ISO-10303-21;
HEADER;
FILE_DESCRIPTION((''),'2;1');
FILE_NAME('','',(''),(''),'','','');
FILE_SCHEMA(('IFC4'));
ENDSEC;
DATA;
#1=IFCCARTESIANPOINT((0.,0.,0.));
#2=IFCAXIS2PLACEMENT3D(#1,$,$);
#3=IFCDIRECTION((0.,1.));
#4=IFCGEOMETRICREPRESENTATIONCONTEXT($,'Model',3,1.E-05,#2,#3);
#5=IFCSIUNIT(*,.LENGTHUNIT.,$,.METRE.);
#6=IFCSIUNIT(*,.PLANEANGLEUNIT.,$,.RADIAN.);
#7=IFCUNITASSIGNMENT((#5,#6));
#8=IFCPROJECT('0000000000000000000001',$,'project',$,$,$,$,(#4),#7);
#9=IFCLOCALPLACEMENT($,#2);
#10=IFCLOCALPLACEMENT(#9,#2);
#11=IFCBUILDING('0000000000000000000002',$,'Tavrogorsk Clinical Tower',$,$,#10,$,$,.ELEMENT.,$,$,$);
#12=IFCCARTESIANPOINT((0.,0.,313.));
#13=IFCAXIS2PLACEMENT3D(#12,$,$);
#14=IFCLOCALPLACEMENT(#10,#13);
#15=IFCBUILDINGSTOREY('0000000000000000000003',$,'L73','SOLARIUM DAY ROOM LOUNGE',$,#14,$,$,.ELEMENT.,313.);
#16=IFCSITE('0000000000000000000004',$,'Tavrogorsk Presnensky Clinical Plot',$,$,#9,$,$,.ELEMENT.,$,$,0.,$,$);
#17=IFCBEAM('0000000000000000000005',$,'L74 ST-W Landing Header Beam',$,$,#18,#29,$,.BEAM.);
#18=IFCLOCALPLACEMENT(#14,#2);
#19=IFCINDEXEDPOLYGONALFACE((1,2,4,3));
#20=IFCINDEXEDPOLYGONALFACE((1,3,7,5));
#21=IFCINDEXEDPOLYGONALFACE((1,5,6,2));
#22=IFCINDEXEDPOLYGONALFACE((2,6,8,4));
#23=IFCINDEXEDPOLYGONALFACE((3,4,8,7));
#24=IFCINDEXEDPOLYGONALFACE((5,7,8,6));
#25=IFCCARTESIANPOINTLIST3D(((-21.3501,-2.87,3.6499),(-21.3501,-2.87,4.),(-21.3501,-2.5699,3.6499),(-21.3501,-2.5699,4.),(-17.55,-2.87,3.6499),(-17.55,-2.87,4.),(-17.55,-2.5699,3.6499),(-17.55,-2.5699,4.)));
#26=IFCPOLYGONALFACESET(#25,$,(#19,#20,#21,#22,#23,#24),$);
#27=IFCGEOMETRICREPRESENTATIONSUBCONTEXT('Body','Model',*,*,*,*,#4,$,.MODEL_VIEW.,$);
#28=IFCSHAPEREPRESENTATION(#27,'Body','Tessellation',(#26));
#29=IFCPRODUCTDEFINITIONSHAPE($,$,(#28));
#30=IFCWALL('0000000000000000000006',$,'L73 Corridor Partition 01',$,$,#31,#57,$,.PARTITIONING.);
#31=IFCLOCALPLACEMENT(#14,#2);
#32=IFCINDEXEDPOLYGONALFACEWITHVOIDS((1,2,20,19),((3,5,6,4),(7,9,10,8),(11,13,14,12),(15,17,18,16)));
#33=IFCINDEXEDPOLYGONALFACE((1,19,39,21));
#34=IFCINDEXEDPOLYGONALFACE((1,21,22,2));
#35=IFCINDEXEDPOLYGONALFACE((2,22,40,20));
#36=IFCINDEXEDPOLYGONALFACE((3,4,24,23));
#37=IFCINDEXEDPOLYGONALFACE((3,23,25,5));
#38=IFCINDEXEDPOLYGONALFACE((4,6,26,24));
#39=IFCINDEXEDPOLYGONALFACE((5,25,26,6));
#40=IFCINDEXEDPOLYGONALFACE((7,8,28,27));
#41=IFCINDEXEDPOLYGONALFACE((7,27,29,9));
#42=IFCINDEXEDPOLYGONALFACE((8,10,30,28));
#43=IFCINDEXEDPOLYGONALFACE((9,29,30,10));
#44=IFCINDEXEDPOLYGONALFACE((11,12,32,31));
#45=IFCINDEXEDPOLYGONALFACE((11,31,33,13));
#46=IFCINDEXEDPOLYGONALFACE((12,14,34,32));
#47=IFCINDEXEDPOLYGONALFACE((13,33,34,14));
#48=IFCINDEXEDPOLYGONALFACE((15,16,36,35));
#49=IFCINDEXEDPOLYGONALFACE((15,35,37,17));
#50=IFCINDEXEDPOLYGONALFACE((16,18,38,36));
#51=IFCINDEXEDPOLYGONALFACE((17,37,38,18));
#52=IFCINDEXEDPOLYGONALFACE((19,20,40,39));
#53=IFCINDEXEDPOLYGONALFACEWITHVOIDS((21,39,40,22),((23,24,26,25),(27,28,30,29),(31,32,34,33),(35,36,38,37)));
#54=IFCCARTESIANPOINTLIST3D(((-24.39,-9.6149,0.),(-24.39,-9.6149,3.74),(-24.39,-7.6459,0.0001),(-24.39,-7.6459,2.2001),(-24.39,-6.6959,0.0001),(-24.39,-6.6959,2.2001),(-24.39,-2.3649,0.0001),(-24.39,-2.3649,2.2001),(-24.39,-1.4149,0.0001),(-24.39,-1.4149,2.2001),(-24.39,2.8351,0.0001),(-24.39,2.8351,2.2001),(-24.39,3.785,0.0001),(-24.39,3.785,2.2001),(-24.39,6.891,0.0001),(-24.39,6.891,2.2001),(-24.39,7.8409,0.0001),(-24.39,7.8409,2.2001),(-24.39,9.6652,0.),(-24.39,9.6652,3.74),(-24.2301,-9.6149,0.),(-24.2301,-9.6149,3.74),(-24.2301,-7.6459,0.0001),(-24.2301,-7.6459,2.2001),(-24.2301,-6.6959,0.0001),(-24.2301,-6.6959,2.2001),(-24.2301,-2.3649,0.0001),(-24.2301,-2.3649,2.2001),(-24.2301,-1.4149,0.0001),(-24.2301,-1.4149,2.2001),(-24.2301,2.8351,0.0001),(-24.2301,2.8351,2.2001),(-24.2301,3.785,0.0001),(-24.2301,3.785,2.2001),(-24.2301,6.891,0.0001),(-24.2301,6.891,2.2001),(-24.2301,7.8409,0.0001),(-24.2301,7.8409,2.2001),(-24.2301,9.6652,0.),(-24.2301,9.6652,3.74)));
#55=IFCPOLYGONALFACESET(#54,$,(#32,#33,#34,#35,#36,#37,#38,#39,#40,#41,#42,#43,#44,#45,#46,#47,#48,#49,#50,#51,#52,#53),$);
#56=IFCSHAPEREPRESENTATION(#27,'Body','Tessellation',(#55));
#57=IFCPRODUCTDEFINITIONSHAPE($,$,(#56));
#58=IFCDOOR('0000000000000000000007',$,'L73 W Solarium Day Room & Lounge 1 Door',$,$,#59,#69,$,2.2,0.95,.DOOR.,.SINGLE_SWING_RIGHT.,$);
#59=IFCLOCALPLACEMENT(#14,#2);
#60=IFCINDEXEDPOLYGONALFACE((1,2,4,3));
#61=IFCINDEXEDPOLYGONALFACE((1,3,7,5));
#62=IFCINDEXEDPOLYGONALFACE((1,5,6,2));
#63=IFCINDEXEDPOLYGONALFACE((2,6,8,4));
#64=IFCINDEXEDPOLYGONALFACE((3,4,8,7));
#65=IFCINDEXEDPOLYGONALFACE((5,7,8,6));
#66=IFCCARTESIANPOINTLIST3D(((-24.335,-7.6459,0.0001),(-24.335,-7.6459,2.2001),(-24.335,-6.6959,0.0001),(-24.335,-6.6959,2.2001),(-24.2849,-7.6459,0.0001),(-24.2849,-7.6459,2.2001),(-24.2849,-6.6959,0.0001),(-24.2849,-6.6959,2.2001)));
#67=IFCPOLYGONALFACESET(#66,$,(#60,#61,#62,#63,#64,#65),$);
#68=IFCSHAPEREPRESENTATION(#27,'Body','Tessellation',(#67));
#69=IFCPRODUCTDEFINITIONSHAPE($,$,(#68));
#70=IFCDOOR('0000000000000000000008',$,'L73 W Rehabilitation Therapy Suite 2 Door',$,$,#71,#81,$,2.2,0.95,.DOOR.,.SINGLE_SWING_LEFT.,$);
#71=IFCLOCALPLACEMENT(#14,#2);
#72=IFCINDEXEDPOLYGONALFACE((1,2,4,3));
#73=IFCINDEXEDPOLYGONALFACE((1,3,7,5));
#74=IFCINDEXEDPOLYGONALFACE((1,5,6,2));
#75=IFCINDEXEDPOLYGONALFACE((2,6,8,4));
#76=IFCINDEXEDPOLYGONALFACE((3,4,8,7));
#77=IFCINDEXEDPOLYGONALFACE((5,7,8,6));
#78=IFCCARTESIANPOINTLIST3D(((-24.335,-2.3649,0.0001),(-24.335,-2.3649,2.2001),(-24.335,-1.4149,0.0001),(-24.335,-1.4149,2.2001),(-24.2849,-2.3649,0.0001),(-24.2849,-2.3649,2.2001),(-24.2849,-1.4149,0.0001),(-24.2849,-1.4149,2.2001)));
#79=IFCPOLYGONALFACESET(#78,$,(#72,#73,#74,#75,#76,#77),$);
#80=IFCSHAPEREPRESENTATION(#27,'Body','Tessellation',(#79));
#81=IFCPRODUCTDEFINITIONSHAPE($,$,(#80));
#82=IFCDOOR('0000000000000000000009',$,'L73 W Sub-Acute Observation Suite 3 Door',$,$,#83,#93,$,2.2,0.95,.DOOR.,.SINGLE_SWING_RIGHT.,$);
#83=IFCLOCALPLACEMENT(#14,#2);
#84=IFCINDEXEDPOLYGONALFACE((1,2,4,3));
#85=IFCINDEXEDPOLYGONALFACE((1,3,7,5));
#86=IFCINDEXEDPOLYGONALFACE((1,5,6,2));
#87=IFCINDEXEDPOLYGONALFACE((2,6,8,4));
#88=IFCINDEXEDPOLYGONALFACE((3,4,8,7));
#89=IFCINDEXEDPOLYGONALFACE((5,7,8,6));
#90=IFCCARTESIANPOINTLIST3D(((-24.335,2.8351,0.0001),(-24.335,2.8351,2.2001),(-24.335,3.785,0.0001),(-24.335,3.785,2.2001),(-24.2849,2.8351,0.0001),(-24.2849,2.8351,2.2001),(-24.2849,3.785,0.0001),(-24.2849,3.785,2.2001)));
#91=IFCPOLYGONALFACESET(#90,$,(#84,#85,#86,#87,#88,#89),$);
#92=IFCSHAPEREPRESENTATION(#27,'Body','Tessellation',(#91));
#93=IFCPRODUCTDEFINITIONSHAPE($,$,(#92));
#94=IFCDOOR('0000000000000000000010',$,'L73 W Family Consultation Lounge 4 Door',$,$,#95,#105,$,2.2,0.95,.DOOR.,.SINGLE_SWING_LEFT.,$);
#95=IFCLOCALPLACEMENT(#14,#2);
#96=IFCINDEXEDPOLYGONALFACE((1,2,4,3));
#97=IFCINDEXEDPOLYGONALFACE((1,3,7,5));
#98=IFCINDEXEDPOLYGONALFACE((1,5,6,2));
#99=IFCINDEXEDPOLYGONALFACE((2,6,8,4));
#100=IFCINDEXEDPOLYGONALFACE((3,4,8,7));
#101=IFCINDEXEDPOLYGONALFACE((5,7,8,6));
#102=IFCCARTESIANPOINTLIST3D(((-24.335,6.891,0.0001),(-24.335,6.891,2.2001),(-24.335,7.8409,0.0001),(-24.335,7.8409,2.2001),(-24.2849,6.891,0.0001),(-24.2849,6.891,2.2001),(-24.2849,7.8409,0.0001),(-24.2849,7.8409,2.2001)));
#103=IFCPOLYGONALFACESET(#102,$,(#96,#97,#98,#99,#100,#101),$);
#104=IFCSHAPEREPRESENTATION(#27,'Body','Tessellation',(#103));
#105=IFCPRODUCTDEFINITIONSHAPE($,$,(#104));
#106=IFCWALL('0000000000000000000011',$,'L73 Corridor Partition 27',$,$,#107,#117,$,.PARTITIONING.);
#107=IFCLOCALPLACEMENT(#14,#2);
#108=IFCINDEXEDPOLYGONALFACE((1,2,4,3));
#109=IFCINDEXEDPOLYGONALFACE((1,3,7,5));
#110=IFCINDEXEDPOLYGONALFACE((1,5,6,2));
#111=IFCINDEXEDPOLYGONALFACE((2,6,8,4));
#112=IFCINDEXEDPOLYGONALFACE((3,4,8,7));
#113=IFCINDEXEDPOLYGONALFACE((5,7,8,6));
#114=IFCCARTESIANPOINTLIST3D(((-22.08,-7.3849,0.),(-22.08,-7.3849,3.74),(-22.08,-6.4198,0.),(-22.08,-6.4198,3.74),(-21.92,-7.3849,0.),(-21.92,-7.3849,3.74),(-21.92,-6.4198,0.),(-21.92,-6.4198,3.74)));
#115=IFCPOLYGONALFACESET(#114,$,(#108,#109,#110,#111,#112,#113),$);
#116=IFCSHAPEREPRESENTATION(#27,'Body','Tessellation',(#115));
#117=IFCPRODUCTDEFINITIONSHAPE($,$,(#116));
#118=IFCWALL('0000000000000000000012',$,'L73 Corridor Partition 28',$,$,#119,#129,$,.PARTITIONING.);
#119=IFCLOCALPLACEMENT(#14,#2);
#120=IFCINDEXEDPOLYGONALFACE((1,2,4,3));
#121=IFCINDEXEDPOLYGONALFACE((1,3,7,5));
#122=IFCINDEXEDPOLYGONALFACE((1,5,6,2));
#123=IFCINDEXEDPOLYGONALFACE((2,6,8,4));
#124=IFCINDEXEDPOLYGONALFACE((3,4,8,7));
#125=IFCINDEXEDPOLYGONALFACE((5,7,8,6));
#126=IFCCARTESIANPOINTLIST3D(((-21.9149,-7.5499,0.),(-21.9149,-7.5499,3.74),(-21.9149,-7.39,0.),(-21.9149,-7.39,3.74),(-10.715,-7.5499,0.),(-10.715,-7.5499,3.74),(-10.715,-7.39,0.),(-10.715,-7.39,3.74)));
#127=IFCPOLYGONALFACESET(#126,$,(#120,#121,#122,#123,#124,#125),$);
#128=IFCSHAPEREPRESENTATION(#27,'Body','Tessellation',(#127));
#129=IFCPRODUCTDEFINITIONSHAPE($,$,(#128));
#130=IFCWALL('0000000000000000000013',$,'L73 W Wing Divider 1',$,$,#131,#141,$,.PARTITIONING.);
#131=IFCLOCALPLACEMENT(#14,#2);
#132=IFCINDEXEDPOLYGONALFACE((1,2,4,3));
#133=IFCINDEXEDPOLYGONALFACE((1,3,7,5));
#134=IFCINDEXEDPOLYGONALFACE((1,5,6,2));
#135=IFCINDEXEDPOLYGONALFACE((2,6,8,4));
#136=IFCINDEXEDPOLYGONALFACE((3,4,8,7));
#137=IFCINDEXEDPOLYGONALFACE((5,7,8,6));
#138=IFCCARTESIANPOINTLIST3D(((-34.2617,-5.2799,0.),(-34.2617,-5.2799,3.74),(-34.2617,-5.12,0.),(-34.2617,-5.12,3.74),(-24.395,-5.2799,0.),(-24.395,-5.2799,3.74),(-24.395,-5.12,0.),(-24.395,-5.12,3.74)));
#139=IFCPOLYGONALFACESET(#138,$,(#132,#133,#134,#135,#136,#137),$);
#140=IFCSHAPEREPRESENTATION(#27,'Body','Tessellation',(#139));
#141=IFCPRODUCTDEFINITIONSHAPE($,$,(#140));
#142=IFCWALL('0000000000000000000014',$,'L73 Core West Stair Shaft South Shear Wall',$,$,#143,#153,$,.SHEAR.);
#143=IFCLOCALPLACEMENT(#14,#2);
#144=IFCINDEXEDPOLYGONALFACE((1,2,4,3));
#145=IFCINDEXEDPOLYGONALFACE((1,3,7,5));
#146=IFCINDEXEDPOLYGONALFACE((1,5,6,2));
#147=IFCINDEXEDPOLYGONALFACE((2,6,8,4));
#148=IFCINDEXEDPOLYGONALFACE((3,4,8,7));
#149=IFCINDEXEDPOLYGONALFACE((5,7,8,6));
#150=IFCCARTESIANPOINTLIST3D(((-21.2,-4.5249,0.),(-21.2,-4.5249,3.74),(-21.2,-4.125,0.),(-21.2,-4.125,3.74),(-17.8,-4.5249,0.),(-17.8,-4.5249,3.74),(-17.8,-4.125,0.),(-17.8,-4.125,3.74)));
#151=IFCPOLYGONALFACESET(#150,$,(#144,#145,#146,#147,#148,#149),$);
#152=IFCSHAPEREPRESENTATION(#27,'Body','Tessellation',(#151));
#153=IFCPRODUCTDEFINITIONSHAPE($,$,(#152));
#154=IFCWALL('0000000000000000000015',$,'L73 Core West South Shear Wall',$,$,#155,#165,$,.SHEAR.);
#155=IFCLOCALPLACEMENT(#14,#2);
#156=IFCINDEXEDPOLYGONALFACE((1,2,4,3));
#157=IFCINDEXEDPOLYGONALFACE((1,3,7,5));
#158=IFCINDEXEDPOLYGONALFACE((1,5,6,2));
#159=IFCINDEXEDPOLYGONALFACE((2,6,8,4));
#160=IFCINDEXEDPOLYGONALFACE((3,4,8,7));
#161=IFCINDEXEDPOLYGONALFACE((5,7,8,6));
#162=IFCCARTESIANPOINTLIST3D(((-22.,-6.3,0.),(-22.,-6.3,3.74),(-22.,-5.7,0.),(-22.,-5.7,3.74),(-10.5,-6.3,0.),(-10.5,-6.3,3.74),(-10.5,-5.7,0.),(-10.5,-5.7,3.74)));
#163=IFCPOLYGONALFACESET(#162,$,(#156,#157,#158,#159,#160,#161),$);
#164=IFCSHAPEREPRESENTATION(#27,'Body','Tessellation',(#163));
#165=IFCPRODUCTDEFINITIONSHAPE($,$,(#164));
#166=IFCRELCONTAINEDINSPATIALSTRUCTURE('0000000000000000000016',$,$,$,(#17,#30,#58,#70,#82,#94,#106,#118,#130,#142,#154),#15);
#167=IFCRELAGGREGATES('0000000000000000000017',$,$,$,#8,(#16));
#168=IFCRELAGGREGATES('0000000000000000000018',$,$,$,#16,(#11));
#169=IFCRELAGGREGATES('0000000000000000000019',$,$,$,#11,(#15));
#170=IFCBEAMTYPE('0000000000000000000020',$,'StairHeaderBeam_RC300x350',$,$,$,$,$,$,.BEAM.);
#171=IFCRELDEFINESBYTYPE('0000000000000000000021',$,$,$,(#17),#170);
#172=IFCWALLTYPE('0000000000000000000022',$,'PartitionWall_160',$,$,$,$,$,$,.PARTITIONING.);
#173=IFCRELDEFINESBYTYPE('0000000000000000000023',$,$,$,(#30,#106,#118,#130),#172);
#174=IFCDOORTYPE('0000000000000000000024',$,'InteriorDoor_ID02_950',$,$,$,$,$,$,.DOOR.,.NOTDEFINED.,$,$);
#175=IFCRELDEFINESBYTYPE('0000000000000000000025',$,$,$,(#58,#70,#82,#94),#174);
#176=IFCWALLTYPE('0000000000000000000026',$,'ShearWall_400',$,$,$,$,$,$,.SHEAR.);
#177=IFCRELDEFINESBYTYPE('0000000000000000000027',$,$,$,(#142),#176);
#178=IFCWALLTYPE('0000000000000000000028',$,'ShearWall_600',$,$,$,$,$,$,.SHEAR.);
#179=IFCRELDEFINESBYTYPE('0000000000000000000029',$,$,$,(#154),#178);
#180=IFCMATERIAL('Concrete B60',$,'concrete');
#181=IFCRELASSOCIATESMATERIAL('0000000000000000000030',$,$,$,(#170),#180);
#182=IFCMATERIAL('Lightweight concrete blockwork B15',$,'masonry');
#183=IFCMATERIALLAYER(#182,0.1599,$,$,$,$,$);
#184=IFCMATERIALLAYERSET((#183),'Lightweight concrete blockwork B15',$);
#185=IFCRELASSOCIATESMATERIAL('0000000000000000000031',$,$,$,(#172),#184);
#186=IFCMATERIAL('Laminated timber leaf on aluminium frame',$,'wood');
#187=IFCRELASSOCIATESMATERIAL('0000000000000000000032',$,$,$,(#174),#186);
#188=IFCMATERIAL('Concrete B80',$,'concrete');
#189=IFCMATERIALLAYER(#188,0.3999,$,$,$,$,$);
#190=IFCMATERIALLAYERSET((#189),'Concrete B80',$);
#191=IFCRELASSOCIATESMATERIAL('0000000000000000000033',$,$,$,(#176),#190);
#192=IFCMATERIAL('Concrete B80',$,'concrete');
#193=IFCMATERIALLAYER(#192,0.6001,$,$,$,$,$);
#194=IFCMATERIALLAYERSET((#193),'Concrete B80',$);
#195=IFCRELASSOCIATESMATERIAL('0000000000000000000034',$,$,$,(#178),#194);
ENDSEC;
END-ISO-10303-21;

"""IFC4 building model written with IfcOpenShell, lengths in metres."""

from ifc_helpers import new_model, si_unit, direction, frame, frame_2d, origin, origin_2d, place, context, subcontext, project, spatial, rectangle, extrude, material, layer, layer_set, material_profile, profile_set, type_object, element, fill, save


model = new_model("IFC4")

# Units and contexts
model_context = context("Model", 3, precision=1e-05, world=origin(), true_north=direction((0.0, 1.0)))
body_context = subcontext(model_context, "Body", "Model", "MODEL_VIEW")
ifc_project = project(units=[si_unit("LENGTHUNIT", "METRE"), si_unit("PLANEANGLEUNIT", "RADIAN")], contexts=[model_context])

# Site, building, storey
site_placement = place(None, origin())
site = spatial("IfcSite", under=ifc_project, at=site_placement, Name="Tavrogorsk Presnensky Clinical Plot", CompositionType="ELEMENT", RefElevation=0.0)
building_placement = place(site_placement, origin())
building = spatial("IfcBuilding", under=site, at=building_placement, Name="Tavrogorsk Clinical Tower", CompositionType="ELEMENT")
storey_placement = place(building_placement, frame((0.0, 0.0, 313.0)))
storey = spatial("IfcBuildingStorey", under=building, at=storey_placement, Name="L73", Description="SOLARIUM DAY ROOM LOUNGE", CompositionType="ELEMENT", Elevation=313.0)

# Beam
ifc_material_1 = material(Name="Concrete B60", Category="concrete")
ifc_material_profile_1 = material_profile(ifc_material_1, rectangle(XDim=0.3, YDim=0.3501, at=origin_2d()), Name="RC-SHB-300x350")
ifc_profile_set_1 = profile_set([ifc_material_profile_1], Name="Concrete B60")
beam_type_1 = type_object("IfcBeamType", Name="StairHeaderBeam_RC300x350", PredefinedType="BEAM", material=ifc_profile_set_1)
beam_1_placement = place(storey_placement, frame((-21.3501, -2.72, 3.825), z_axis=(1.0, 0.0, 0.0), x_axis=(0.0, 1.0, 0.0)))
element("IfcBeam", 1, at=beam_1_placement, inside=storey, type_object=beam_type_1, Name="L74 ST-W Landing Header Beam", PredefinedType="BEAM", context=body_context, shape_type="SweptSolid", body=[
    extrude(rectangle(XDim=0.3, YDim=0.3501, at=origin_2d()), origin(), (0.0, 0.0, 1.0), 3.8),
])

# Wall, openings, doors
ifc_material_2 = material(Name="Lightweight concrete blockwork B15", Category="masonry")
ifc_layer_1 = layer(ifc_material_2, 0.1599)
ifc_layer_set_1 = layer_set([ifc_layer_1], Name="Lightweight concrete blockwork B15")
wall_type_1 = type_object("IfcWallType", Name="PartitionWall_160", PredefinedType="PARTITIONING", material=ifc_layer_set_1)
wall_1_placement = place(storey_placement, frame((-24.3101, -9.615, 0.0), z_axis=(0.0, 0.0, 1.0), x_axis=(0.0, 1.0, 0.0)))
wall_1 = element("IfcWall", 2, at=wall_1_placement, inside=storey, type_object=wall_type_1, Name="L73 Corridor Partition 01", PredefinedType="PARTITIONING", context=body_context, shape_type="SweptSolid", body=[
    extrude(rectangle(XDim=19.28, YDim=0.1599, at=frame_2d((9.6401, 0.0))), origin(), (0.0, 0.0, 1.0), 3.74),
])
opening_1_placement = place(wall_1_placement, frame((1.969, 0.0, 0.0)))
opening_1 = element("IfcOpeningElement", 3, at=opening_1_placement, cuts=wall_1, PredefinedType="OPENING", context=body_context, shape_type="SweptSolid", body=[
    extrude(rectangle(XDim=0.95, YDim=2.2, at=frame_2d((0.4751, 1.1001))), frame((0.0, 0.0898, 0.0), z_axis=(0.0, -1.0, 0.0), x_axis=(1.0, 0.0, 0.0)), (0.0, 0.0, 1.0), 0.1799),
])
opening_2_placement = place(wall_1_placement, frame((7.25, 0.0, 0.0)))
opening_2 = element("IfcOpeningElement", 4, at=opening_2_placement, cuts=wall_1, PredefinedType="OPENING", context=body_context, shape_type="SweptSolid", body=[
    extrude(rectangle(XDim=0.95, YDim=2.2, at=frame_2d((0.4751, 1.1001))), frame((0.0, 0.0898, 0.0), z_axis=(0.0, -1.0, 0.0), x_axis=(1.0, 0.0, 0.0)), (0.0, 0.0, 1.0), 0.1799),
])
opening_3_placement = place(wall_1_placement, frame((12.45, 0.0, 0.0)))
opening_3 = element("IfcOpeningElement", 5, at=opening_3_placement, cuts=wall_1, PredefinedType="OPENING", context=body_context, shape_type="SweptSolid", body=[
    extrude(rectangle(XDim=0.95, YDim=2.2, at=frame_2d((0.4751, 1.1001))), frame((0.0, 0.0898, 0.0), z_axis=(0.0, -1.0, 0.0), x_axis=(1.0, 0.0, 0.0)), (0.0, 0.0, 1.0), 0.1799),
])
opening_4_placement = place(wall_1_placement, frame((16.5059, 0.0, 0.0)))
opening_4 = element("IfcOpeningElement", 6, at=opening_4_placement, cuts=wall_1, PredefinedType="OPENING", context=body_context, shape_type="SweptSolid", body=[
    extrude(rectangle(XDim=0.95, YDim=2.2, at=frame_2d((0.4751, 1.1001))), frame((0.0, 0.0898, 0.0), z_axis=(0.0, -1.0, 0.0), x_axis=(1.0, 0.0, 0.0)), (0.0, 0.0, 1.0), 0.1799),
])
ifc_material_3 = material(Name="Laminated timber leaf on aluminium frame", Category="wood")
door_type = type_object("IfcDoorType", Name="InteriorDoor_ID02_950", OperationType="NOTDEFINED", PredefinedType="DOOR", material=ifc_material_3)
door_1_placement = place(opening_1_placement, origin())
door_1 = element("IfcDoor", 7, at=door_1_placement, inside=storey, type_object=door_type, Name="L73 W Solarium Day Room & Lounge 1 Door", OperationType="SINGLE_SWING_RIGHT", OverallHeight=2.2, OverallWidth=0.95, PredefinedType="DOOR", context=body_context, shape_type="SweptSolid", body=[
    extrude(rectangle(XDim=0.95, YDim=2.2, at=frame_2d((0.4751, 1.1001))), frame((0.0, 0.0249, 0.0), z_axis=(0.0, -1.0, 0.0), x_axis=(1.0, 0.0, 0.0)), (0.0, 0.0, 1.0), 0.05),
])
fill(opening_1, door_1)
door_2_placement = place(opening_2_placement, origin())
door_2 = element("IfcDoor", 8, at=door_2_placement, inside=storey, type_object=door_type, Name="L73 W Rehabilitation Therapy Suite 2 Door", OperationType="SINGLE_SWING_LEFT", OverallHeight=2.2, OverallWidth=0.95, PredefinedType="DOOR", context=body_context, shape_type="SweptSolid", body=[
    extrude(rectangle(XDim=0.95, YDim=2.2, at=frame_2d((0.4751, 1.1001))), frame((0.0, 0.0249, 0.0), z_axis=(0.0, -1.0, 0.0), x_axis=(1.0, 0.0, 0.0)), (0.0, 0.0, 1.0), 0.05),
])
fill(opening_2, door_2)
door_3_placement = place(opening_3_placement, origin())
door_3 = element("IfcDoor", 9, at=door_3_placement, inside=storey, type_object=door_type, Name="L73 W Sub-Acute Observation Suite 3 Door", OperationType="SINGLE_SWING_RIGHT", OverallHeight=2.2, OverallWidth=0.95, PredefinedType="DOOR", context=body_context, shape_type="SweptSolid", body=[
    extrude(rectangle(XDim=0.95, YDim=2.2, at=frame_2d((0.4751, 1.1001))), frame((0.0, 0.0249, 0.0), z_axis=(0.0, -1.0, 0.0), x_axis=(1.0, 0.0, 0.0)), (0.0, 0.0, 1.0), 0.05),
])
fill(opening_3, door_3)
door_4_placement = place(opening_4_placement, origin())
door_4 = element("IfcDoor", 10, at=door_4_placement, inside=storey, type_object=door_type, Name="L73 W Family Consultation Lounge 4 Door", OperationType="SINGLE_SWING_LEFT", OverallHeight=2.2, OverallWidth=0.95, PredefinedType="DOOR", context=body_context, shape_type="SweptSolid", body=[
    extrude(rectangle(XDim=0.95, YDim=2.2, at=frame_2d((0.4751, 1.1001))), frame((0.0, 0.0249, 0.0), z_axis=(0.0, -1.0, 0.0), x_axis=(1.0, 0.0, 0.0)), (0.0, 0.0, 1.0), 0.05),
])
fill(opening_4, door_4)

# Walls
wall_2_placement = place(storey_placement, frame((-22.0, -6.4199, 0.0), z_axis=(0.0, 0.0, 1.0), x_axis=(0.0, -1.0, 0.0)))
element("IfcWall", 11, at=wall_2_placement, inside=storey, type_object=wall_type_1, Name="L73 Corridor Partition 27", PredefinedType="PARTITIONING", context=body_context, shape_type="SweptSolid", body=[
    extrude(rectangle(XDim=0.9651, YDim=0.1599, at=frame_2d((0.4824, 0.0))), origin(), (0.0, 0.0, 1.0), 3.74),
])
wall_3_placement = place(storey_placement, frame((-21.915, -7.47, 0.0), z_axis=(0.0, 0.0, 1.0), x_axis=(1.0, 0.0, 0.0)))
element("IfcWall", 12, at=wall_3_placement, inside=storey, type_object=wall_type_1, Name="L73 Corridor Partition 28", PredefinedType="PARTITIONING", context=body_context, shape_type="SweptSolid", body=[
    extrude(rectangle(XDim=11.2, YDim=0.1599, at=frame_2d((5.6001, 0.0))), origin(), (0.0, 0.0, 1.0), 3.74),
])
wall_4_placement = place(storey_placement, frame((-34.2617, -5.2, 0.0), z_axis=(0.0, 0.0, 1.0), x_axis=(1.0, 0.0, 0.0)))
element("IfcWall", 13, at=wall_4_placement, inside=storey, type_object=wall_type_1, Name="L73 W Wing Divider 1", PredefinedType="PARTITIONING", context=body_context, shape_type="SweptSolid", body=[
    extrude(rectangle(XDim=9.8667, YDim=0.1599, at=frame_2d((4.9333, 0.0))), origin(), (0.0, 0.0, 1.0), 3.74),
])
ifc_material_4 = material(Name="Concrete B80", Category="concrete")
ifc_layer_2 = layer(ifc_material_4, 0.3999)
ifc_layer_set_2 = layer_set([ifc_layer_2], Name="Concrete B80")
wall_type_2 = type_object("IfcWallType", Name="ShearWall_400", PredefinedType="SHEAR", material=ifc_layer_set_2)
wall_5_placement = place(storey_placement, frame((-21.2, -4.325, 0.0), z_axis=(0.0, 0.0, 1.0), x_axis=(1.0, 0.0, 0.0)))
element("IfcWall", 14, at=wall_5_placement, inside=storey, type_object=wall_type_2, Name="L73 Core West Stair Shaft South Shear Wall", PredefinedType="SHEAR", context=body_context, shape_type="SweptSolid", body=[
    extrude(rectangle(XDim=3.3999, YDim=0.3999, at=frame_2d((1.7, 0.0))), origin(), (0.0, 0.0, 1.0), 3.74),
])
ifc_material_5 = material(Name="Concrete B80", Category="concrete")
ifc_layer_3 = layer(ifc_material_5, 0.6001)
ifc_layer_set_3 = layer_set([ifc_layer_3], Name="Concrete B80")
wall_type_3 = type_object("IfcWallType", Name="ShearWall_600", PredefinedType="SHEAR", material=ifc_layer_set_3)
wall_6_placement = place(storey_placement, frame((-22.0, -6.0, 0.0), z_axis=(0.0, 0.0, 1.0), x_axis=(1.0, 0.0, 0.0)))
element("IfcWall", 15, at=wall_6_placement, inside=storey, type_object=wall_type_3, Name="L73 Core West South Shear Wall", PredefinedType="SHEAR", context=body_context, shape_type="SweptSolid", body=[
    extrude(rectangle(XDim=11.5, YDim=0.6001, at=frame_2d((5.75, 0.0))), origin(), (0.0, 0.0, 1.0), 3.74),
])

save(model, "model.ifc")
